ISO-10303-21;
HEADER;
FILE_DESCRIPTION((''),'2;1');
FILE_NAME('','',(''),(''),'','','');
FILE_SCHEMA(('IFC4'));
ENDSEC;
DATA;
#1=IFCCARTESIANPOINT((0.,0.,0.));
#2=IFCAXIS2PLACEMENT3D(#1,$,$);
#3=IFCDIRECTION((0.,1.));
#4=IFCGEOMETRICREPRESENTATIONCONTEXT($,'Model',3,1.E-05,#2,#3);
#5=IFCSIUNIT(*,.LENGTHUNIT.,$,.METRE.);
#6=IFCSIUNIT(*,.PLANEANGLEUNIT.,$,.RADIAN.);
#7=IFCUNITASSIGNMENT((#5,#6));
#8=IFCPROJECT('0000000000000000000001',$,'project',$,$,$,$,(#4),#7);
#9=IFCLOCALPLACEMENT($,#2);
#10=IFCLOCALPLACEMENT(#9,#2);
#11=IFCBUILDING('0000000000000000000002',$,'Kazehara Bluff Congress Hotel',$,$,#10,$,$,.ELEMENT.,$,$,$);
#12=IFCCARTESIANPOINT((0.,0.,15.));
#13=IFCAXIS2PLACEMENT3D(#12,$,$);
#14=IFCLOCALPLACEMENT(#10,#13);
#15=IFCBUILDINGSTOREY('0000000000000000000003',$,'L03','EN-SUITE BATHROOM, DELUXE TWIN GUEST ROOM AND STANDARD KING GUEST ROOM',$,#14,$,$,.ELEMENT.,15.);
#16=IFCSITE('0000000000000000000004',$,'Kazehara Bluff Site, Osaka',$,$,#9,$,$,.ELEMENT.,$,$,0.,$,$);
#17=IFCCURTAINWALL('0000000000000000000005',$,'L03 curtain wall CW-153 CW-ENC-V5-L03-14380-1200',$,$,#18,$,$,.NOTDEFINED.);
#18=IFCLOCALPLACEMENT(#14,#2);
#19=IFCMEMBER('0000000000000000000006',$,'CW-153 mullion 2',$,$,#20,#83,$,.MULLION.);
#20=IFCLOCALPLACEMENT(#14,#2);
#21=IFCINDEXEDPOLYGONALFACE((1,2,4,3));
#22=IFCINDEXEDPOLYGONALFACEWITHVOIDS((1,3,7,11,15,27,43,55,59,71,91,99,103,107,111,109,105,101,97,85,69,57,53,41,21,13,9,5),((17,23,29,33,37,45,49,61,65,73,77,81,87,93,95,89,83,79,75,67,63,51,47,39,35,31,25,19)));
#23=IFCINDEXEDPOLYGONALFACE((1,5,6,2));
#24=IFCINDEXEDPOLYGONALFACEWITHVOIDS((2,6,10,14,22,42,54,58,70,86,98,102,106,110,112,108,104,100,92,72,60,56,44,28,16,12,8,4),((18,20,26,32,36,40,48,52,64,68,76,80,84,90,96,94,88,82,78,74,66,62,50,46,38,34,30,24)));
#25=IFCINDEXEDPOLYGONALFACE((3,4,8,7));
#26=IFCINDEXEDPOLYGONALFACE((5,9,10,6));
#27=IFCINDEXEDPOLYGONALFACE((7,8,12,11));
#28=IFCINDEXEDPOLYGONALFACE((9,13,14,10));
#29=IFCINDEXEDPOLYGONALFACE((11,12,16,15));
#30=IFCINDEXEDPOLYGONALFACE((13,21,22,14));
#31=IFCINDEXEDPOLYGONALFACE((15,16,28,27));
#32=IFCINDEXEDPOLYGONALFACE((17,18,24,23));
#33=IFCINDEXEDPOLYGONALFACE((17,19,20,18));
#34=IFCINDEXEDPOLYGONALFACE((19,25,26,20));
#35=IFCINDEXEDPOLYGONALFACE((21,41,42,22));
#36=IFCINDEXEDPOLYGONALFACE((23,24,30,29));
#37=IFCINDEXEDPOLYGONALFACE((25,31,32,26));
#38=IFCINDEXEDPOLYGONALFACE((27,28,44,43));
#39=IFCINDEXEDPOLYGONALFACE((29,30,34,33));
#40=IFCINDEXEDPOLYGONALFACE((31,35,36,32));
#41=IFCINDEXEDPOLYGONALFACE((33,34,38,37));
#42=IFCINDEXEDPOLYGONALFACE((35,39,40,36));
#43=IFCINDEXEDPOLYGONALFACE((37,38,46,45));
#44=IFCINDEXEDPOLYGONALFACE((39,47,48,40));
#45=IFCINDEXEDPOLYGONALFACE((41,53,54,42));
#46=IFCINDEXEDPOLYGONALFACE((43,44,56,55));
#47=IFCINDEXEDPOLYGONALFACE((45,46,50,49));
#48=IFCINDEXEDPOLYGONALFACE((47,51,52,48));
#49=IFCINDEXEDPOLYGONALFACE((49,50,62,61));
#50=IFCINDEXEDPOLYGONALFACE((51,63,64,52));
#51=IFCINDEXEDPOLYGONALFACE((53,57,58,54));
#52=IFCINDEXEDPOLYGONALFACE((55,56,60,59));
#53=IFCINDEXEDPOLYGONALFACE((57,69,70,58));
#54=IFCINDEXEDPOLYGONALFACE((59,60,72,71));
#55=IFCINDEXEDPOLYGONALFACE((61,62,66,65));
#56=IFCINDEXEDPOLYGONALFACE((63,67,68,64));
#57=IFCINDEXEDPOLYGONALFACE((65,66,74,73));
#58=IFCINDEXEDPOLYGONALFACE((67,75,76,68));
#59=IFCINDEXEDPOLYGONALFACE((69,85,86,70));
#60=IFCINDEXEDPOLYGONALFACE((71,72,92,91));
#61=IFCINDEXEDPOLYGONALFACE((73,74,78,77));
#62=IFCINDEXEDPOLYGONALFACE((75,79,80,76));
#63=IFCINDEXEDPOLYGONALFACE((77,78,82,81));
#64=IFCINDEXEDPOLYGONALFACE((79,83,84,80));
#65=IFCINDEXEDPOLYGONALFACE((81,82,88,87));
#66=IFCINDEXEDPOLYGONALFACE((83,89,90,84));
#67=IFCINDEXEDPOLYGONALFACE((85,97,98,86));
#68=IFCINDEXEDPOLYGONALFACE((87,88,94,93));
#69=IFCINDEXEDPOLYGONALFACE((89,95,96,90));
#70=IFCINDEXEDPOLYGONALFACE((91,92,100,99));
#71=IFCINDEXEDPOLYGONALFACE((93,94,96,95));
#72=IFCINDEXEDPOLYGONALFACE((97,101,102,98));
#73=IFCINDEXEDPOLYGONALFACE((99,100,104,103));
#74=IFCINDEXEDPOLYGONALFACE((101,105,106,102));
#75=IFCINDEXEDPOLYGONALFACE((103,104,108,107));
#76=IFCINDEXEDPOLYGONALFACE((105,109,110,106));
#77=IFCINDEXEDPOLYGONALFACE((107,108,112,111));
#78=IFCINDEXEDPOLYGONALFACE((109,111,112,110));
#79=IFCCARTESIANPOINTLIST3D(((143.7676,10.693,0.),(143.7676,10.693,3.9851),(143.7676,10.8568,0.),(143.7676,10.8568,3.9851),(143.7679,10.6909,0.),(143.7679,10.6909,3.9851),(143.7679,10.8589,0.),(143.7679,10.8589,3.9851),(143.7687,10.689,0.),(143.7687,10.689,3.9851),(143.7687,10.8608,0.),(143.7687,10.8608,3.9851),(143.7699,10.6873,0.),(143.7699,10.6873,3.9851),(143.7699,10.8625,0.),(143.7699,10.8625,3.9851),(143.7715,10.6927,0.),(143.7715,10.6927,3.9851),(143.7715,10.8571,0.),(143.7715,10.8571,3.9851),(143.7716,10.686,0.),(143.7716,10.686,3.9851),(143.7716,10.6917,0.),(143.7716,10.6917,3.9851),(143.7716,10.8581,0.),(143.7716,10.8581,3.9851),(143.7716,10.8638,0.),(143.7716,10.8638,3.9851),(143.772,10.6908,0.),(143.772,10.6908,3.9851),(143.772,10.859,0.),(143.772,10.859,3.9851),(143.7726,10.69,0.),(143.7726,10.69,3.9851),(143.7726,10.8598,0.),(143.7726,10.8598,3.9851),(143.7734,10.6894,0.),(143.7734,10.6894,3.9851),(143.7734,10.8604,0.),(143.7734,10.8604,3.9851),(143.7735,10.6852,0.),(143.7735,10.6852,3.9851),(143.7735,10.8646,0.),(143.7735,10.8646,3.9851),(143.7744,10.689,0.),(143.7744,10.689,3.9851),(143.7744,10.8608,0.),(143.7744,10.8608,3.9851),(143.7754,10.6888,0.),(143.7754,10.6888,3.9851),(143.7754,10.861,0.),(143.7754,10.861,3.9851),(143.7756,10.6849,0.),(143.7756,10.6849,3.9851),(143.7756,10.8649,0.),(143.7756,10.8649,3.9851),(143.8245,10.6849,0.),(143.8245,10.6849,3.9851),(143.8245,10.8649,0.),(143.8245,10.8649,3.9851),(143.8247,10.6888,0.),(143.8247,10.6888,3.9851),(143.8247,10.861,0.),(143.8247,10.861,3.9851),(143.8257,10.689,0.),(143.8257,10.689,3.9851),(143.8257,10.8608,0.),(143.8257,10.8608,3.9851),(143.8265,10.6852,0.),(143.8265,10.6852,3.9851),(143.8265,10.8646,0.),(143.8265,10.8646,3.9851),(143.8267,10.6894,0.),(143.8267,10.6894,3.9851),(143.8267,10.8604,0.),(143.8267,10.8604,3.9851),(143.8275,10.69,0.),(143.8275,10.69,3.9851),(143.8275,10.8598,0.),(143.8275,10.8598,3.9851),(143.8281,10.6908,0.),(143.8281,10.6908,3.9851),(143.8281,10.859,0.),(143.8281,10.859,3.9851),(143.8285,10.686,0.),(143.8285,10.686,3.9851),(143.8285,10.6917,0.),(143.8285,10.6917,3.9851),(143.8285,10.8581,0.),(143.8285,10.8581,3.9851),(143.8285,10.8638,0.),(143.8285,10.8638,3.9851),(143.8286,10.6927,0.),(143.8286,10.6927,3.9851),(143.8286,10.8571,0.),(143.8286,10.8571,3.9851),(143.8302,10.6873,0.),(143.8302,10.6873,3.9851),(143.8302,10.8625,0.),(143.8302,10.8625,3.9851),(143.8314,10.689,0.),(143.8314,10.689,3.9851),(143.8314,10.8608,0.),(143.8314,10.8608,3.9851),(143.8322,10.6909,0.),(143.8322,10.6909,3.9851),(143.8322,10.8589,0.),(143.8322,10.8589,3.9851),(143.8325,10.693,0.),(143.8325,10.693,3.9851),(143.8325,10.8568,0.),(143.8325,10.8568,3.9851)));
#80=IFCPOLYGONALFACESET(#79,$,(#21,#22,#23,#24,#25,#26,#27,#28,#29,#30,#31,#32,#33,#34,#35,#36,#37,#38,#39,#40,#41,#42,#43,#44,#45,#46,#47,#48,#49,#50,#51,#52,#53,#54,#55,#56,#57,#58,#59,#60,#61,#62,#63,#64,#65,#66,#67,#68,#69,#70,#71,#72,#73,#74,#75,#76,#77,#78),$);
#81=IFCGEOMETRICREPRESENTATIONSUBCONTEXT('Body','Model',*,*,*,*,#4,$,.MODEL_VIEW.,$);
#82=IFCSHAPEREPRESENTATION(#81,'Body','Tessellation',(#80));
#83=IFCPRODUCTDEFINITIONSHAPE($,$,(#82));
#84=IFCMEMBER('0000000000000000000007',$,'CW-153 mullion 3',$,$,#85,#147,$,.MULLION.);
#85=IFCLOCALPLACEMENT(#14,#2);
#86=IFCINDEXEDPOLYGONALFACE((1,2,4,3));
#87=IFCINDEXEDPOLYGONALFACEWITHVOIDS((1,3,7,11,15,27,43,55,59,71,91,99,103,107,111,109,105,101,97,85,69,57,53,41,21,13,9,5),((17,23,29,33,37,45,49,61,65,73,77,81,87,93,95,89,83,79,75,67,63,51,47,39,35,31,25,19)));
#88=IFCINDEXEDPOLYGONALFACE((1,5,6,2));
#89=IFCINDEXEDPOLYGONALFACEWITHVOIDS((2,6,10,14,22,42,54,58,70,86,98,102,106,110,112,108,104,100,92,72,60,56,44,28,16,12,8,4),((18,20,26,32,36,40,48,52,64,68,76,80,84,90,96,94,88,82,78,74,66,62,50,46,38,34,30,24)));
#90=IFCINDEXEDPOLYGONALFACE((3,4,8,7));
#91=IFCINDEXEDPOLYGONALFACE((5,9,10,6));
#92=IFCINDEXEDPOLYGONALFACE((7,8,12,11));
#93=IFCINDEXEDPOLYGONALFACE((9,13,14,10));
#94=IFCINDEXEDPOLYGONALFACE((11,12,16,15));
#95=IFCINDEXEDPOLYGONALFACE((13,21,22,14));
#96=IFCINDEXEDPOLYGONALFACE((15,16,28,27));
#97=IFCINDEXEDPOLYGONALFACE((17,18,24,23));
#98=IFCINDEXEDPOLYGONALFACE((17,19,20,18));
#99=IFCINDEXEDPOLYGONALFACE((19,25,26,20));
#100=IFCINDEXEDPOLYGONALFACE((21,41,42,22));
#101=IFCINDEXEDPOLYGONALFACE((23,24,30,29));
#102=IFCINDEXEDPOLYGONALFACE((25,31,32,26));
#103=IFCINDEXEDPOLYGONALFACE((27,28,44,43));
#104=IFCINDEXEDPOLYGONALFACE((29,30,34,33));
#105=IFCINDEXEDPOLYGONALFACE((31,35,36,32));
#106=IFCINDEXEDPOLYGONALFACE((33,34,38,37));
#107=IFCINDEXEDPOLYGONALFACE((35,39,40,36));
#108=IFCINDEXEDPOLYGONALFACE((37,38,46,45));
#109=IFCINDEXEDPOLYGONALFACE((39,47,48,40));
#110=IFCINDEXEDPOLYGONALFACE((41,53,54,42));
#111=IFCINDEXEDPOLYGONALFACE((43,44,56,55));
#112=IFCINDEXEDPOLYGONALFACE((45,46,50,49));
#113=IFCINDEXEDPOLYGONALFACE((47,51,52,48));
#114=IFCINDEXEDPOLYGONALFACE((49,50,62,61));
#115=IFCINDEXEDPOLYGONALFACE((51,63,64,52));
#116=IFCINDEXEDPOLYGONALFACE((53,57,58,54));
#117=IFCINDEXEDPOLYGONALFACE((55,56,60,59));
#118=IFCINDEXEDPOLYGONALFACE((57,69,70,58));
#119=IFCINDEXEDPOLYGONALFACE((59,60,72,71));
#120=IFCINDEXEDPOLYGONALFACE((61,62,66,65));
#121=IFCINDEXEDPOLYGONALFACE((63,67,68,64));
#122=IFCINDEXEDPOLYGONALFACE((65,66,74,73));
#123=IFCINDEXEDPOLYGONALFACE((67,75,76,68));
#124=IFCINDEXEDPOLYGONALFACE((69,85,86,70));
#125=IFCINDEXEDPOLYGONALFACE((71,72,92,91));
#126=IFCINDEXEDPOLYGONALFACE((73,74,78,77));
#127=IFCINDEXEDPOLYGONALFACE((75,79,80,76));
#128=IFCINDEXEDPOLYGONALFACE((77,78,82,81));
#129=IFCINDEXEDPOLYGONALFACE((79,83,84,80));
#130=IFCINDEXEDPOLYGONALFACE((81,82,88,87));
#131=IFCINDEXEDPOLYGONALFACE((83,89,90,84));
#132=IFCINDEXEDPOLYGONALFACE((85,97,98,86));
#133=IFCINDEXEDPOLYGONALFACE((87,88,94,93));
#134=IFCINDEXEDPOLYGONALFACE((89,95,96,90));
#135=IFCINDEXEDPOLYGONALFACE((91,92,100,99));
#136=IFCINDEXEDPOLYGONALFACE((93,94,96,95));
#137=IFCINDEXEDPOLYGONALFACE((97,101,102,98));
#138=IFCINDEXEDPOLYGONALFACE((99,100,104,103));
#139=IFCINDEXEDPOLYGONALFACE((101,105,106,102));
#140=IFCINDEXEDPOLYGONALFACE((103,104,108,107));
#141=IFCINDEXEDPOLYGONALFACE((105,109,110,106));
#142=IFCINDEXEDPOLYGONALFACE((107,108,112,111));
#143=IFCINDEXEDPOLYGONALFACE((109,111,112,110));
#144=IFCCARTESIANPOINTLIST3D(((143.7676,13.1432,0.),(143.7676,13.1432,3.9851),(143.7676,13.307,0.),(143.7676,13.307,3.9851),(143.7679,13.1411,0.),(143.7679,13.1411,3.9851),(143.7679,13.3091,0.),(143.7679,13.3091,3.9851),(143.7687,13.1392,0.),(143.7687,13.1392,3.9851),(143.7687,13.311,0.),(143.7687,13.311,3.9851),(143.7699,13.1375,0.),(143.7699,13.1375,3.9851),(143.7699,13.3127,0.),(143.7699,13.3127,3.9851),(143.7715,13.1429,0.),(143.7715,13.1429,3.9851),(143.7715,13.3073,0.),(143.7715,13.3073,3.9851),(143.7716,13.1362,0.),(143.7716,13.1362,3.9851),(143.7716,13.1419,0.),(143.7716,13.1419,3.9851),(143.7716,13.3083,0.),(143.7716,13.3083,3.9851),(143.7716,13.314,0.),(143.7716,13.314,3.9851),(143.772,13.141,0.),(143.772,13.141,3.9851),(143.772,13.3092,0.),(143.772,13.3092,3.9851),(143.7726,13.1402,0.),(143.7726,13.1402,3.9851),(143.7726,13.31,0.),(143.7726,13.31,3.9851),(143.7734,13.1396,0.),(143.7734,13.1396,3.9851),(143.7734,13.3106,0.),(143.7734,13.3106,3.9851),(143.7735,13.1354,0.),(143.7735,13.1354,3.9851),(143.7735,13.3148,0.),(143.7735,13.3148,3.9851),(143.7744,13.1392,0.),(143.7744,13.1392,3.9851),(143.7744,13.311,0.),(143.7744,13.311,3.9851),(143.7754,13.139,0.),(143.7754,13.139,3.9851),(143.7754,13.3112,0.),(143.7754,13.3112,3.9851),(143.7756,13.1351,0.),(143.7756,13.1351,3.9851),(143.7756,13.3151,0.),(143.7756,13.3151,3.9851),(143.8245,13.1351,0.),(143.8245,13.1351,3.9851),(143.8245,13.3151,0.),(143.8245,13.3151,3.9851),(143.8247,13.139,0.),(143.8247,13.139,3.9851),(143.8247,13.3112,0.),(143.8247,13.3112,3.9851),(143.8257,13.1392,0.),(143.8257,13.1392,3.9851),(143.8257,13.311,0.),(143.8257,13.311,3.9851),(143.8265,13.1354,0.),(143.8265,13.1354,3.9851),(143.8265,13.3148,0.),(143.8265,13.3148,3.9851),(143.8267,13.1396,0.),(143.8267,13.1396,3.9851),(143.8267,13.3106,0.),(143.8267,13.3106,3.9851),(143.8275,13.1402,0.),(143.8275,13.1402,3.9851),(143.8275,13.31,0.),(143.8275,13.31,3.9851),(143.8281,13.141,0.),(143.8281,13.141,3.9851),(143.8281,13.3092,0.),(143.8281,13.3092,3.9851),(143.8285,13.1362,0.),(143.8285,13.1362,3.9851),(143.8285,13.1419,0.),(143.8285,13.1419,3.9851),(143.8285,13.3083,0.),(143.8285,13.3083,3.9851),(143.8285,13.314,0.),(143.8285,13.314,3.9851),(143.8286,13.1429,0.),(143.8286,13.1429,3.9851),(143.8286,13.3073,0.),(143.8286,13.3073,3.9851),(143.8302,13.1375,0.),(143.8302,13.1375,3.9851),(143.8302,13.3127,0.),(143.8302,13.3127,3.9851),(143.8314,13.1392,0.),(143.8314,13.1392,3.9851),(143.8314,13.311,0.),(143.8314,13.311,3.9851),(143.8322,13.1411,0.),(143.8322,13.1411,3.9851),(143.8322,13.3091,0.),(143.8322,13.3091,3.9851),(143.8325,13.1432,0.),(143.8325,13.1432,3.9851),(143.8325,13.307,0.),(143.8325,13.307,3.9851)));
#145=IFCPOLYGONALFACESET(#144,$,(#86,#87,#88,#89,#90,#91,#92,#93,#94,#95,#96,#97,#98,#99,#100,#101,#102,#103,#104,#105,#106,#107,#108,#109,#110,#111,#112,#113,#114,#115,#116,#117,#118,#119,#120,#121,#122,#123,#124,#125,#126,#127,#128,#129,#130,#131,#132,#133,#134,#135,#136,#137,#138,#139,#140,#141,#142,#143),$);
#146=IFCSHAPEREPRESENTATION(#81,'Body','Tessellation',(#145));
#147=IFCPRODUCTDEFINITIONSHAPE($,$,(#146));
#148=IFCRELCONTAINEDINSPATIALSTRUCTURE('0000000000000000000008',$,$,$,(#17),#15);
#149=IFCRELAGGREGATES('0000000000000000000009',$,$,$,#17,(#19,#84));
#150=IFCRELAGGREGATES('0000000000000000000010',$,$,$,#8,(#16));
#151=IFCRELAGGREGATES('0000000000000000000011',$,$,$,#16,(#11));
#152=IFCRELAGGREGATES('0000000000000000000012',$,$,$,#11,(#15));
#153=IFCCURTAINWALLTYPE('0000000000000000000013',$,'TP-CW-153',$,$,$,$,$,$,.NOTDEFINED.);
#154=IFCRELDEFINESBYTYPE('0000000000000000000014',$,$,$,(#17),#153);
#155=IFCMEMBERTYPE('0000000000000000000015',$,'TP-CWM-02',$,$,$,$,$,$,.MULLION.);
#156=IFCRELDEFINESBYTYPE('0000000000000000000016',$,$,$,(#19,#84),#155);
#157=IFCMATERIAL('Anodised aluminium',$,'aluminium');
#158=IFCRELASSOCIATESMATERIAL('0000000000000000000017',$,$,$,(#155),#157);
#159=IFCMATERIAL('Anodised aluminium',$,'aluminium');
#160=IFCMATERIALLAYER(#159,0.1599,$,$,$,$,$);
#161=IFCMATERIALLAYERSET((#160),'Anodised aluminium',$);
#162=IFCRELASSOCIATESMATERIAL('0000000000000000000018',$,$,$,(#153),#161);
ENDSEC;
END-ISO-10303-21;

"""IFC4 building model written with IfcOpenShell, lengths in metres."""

from ifc_helpers import new_model, si_unit, direction, frame, origin, origin_2d, place, context, subcontext, project, spatial, hollow_rectangle, extrude, material, layer, layer_set, material_profile, profile_set, type_object, element, aggregate, save


model = new_model("IFC4")

# Units and contexts
model_context = context("Model", 3, precision=1e-05, world=origin(), true_north=direction((0.0, 1.0)))
body_context = subcontext(model_context, "Body", "Model", "MODEL_VIEW")
ifc_project = project(units=[si_unit("LENGTHUNIT", "METRE"), si_unit("PLANEANGLEUNIT", "RADIAN")], contexts=[model_context])

# Site, building, storey
site_placement = place(None, origin())
site = spatial("IfcSite", under=ifc_project, at=site_placement, Name="Kazehara Bluff Site, Osaka", CompositionType="ELEMENT", RefElevation=0.0)
building_placement = place(site_placement, origin())
building = spatial("IfcBuilding", under=site, at=building_placement, Name="Kazehara Bluff Congress Hotel", CompositionType="ELEMENT")
storey_placement = place(building_placement, frame((0.0, 0.0, 15.0)))
storey = spatial("IfcBuildingStorey", under=building, at=storey_placement, Name="L03", Description="EN-SUITE BATHROOM, DELUXE TWIN GUEST ROOM AND STANDARD KING GUEST ROOM", CompositionType="ELEMENT", Elevation=15.0)

# Shared definitions
ifc_material_1 = material(Name="Anodised aluminium", Category="aluminium")
ifc_material_profile_1 = material_profile(ifc_material_1, hollow_rectangle(XDim=0.0649, YDim=0.1799, WallThickness=0.0039, InnerFilletRadius=0.0039, OuterFilletRadius=0.0081, at=origin_2d()))
ifc_profile_set_1 = profile_set([ifc_material_profile_1], Name="Anodised aluminium")
member_type_1 = type_object("IfcMemberType", Name="TP-CWM-02", PredefinedType="MULLION", material=ifc_profile_set_1)

# Curtain wall, members
ifc_material_2 = material(Name="Anodised aluminium", Category="aluminium")
ifc_layer_1 = layer(ifc_material_2, 0.1599)
ifc_layer_set_1 = layer_set([ifc_layer_1], Name="Anodised aluminium")
curtain_wall_type_1 = type_object("IfcCurtainWallType", Name="TP-CW-153", PredefinedType="NOTDEFINED", material=ifc_layer_set_1)
curtain_wall_1_placement = place(storey_placement, origin())
curtain_wall_1 = element("IfcCurtainWall", 1, at=curtain_wall_1_placement, inside=storey, type_object=curtain_wall_type_1, Name="L03 curtain wall CW-153 CW-ENC-V5-L03-14380-1200", PredefinedType="NOTDEFINED")
member_1_placement = place(storey_placement, frame((143.8, 10.7749, 0.0), z_axis=(0.0, 0.0, 1.0), x_axis=(-1.0, 0.0, 0.0)))
member_1 = element("IfcMember", 2, at=member_1_placement, type_object=member_type_1, Name="CW-153 mullion 2", PredefinedType="MULLION", context=body_context, shape_type="SweptSolid", body=[
    extrude(hollow_rectangle(XDim=0.0649, YDim=0.1799, WallThickness=0.0039, InnerFilletRadius=0.0039, OuterFilletRadius=0.0081, at=origin_2d()), origin(), (0.0, 0.0, 1.0), 3.9851),
])
member_2_placement = place(storey_placement, frame((143.8, 13.2251, 0.0), z_axis=(0.0, 0.0, 1.0), x_axis=(-1.0, 0.0, 0.0)))
member_2 = element("IfcMember", 3, at=member_2_placement, type_object=member_type_1, Name="CW-153 mullion 3", PredefinedType="MULLION", context=body_context, shape_type="SweptSolid", body=[
    extrude(hollow_rectangle(XDim=0.0649, YDim=0.1799, WallThickness=0.0039, InnerFilletRadius=0.0039, OuterFilletRadius=0.0081, at=origin_2d()), origin(), (0.0, 0.0, 1.0), 3.9851),
])

aggregate(curtain_wall_1, [member_1, member_2])

save(model, "model.ifc")
